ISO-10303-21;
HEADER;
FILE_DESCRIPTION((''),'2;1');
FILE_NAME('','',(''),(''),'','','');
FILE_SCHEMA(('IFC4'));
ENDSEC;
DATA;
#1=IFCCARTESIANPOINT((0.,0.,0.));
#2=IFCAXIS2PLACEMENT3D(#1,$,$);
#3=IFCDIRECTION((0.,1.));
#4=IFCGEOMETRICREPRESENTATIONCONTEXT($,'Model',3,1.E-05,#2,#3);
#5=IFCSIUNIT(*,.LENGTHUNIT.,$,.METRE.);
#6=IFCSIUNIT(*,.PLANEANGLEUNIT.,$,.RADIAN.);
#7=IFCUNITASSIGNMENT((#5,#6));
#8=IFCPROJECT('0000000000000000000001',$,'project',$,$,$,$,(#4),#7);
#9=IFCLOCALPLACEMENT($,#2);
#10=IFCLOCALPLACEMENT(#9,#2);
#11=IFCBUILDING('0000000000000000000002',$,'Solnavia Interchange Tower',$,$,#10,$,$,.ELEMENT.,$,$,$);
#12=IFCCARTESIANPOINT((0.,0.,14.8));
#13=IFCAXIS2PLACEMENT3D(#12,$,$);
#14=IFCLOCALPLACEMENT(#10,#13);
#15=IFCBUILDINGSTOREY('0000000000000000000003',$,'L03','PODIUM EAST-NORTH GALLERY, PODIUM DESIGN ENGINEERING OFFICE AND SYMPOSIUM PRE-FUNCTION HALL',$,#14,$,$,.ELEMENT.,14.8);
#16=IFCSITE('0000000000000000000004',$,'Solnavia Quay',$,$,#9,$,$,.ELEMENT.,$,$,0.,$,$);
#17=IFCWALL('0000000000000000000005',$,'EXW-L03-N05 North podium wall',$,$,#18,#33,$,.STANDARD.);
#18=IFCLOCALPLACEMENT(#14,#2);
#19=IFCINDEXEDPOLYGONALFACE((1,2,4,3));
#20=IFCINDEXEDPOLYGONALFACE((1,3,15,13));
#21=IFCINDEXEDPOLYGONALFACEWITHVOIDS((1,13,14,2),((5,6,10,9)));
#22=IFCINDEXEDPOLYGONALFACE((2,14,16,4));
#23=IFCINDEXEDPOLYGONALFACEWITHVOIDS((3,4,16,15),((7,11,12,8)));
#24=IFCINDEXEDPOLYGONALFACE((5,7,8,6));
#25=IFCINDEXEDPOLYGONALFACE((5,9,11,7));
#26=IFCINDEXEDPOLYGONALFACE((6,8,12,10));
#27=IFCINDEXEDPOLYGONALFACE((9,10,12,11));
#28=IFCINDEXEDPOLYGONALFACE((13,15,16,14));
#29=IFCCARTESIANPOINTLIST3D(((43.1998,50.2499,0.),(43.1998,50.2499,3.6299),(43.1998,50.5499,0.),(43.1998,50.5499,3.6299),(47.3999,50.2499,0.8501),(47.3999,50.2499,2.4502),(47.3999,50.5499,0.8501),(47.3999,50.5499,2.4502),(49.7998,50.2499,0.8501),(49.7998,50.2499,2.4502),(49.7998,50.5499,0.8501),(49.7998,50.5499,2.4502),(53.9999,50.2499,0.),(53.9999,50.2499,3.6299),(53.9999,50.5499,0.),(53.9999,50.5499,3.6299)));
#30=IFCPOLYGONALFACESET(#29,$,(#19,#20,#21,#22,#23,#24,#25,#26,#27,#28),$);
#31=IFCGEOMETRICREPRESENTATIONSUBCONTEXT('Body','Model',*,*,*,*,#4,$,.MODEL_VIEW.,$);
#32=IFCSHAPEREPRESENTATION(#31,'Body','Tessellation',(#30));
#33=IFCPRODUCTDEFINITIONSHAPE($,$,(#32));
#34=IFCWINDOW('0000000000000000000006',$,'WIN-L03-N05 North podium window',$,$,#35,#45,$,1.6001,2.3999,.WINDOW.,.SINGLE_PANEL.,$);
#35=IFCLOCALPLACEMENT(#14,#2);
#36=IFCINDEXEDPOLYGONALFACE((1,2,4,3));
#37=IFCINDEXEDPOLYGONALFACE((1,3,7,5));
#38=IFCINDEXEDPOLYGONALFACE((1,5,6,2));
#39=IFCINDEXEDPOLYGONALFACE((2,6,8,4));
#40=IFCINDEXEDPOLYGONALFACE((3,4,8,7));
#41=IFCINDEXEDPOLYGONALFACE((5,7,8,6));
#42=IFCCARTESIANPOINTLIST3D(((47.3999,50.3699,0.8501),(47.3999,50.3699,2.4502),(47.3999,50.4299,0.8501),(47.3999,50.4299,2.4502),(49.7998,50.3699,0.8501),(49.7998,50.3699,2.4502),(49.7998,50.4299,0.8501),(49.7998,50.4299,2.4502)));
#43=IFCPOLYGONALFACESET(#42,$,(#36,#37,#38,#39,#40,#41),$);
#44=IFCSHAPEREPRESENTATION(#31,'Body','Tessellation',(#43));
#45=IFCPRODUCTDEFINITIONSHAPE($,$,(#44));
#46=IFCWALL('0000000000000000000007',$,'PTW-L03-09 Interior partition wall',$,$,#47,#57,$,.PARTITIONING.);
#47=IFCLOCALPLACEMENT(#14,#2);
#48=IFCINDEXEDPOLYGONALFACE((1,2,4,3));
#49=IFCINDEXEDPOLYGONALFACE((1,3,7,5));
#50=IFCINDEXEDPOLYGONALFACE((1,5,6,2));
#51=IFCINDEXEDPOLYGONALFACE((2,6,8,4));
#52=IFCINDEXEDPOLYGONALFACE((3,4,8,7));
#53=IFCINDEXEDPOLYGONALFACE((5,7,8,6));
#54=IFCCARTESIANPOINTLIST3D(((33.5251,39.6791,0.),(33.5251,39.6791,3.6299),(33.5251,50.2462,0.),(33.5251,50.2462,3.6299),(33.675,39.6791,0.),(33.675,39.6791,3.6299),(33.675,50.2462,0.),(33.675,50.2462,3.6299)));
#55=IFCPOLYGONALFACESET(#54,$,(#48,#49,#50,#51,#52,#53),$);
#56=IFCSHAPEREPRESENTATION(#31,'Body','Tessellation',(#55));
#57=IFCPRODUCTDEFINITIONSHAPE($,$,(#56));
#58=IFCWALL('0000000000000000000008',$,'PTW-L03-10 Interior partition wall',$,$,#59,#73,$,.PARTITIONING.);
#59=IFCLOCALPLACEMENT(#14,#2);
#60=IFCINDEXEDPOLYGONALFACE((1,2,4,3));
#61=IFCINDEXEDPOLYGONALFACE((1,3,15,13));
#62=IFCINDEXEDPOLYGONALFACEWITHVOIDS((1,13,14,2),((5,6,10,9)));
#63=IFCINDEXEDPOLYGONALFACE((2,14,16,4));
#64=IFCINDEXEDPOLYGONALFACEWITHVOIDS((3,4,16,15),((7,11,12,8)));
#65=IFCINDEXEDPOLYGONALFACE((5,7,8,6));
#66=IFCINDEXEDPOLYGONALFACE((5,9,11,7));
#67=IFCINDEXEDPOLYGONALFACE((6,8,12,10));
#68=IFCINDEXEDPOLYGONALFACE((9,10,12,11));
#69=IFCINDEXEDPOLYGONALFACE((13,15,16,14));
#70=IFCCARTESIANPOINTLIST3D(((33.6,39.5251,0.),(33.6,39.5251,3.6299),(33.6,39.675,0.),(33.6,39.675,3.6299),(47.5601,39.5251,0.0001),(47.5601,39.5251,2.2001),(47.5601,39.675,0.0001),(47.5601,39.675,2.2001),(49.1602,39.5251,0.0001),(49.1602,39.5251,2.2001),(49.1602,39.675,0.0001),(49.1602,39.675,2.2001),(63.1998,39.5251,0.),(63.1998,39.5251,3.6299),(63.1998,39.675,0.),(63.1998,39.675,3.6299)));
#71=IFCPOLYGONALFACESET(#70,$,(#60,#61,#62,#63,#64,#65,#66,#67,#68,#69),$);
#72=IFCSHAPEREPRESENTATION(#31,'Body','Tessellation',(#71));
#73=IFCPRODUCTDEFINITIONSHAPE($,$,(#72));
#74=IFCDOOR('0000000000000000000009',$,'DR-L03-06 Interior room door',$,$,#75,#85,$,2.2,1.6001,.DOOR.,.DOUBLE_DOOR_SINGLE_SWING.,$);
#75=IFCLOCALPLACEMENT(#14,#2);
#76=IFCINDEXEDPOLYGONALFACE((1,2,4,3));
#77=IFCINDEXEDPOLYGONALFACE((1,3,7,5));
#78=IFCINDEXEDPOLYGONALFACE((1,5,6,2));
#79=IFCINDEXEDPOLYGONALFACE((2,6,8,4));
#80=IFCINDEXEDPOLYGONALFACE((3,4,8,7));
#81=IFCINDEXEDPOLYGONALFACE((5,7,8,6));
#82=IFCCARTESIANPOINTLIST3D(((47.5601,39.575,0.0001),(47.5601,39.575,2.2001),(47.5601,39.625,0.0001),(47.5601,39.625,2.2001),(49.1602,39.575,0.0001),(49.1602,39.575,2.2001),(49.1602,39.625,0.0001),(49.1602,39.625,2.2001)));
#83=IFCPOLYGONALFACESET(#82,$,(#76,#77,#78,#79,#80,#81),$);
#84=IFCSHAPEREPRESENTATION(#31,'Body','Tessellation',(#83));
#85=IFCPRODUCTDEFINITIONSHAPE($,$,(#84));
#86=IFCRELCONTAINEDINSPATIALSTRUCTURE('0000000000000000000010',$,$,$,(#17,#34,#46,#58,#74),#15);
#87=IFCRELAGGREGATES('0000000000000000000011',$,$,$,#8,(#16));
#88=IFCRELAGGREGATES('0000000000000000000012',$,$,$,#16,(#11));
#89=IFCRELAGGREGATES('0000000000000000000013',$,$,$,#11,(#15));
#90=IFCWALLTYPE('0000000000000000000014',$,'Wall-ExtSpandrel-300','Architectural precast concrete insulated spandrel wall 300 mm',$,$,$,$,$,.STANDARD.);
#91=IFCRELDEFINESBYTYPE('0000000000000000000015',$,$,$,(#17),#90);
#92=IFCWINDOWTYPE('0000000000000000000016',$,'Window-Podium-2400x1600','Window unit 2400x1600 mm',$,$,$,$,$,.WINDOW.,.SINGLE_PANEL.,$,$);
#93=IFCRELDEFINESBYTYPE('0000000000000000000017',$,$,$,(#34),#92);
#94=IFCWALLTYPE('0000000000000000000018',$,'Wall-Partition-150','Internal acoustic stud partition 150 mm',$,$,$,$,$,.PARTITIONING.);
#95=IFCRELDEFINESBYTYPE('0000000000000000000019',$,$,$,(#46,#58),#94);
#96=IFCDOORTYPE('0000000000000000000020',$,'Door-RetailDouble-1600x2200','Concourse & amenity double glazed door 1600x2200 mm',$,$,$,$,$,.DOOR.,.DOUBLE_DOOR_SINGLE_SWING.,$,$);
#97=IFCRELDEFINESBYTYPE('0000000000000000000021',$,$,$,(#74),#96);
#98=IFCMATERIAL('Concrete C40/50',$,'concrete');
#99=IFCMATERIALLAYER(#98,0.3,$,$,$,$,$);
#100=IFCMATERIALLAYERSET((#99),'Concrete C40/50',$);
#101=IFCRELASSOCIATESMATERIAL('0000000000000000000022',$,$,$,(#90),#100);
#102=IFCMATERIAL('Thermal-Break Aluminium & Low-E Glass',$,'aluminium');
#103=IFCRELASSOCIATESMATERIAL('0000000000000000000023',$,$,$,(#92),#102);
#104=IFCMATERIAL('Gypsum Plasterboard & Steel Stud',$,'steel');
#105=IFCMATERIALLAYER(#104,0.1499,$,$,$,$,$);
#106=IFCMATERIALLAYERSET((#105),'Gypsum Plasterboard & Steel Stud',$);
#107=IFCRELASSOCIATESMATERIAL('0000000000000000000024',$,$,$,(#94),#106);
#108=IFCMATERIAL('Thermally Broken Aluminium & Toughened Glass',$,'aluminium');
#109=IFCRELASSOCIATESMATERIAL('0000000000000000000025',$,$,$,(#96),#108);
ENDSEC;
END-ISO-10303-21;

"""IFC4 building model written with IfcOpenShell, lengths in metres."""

from ifc_helpers import new_model, si_unit, direction, frame, frame_2d, origin, place, context, subcontext, project, spatial, rectangle, extrude, material, layer, layer_set, type_object, element, fill, save


model = new_model("IFC4")

# Units and contexts
model_context = context("Model", 3, precision=1e-05, world=origin(), true_north=direction((0.0, 1.0)))
body_context = subcontext(model_context, "Body", "Model", "MODEL_VIEW")
ifc_project = project(units=[si_unit("LENGTHUNIT", "METRE"), si_unit("PLANEANGLEUNIT", "RADIAN")], contexts=[model_context])

# Site, building, storey
site_placement = place(None, origin())
site = spatial("IfcSite", under=ifc_project, at=site_placement, Name="Solnavia Quay", CompositionType="ELEMENT", RefElevation=0.0)
building_placement = place(site_placement, origin())
building = spatial("IfcBuilding", under=site, at=building_placement, Name="Solnavia Interchange Tower", CompositionType="ELEMENT")
storey_placement = place(building_placement, frame((0.0, 0.0, 14.8)))
storey = spatial("IfcBuildingStorey", under=building, at=storey_placement, Name="L03", Description="PODIUM EAST-NORTH GALLERY, PODIUM DESIGN ENGINEERING OFFICE AND SYMPOSIUM PRE-FUNCTION HALL", CompositionType="ELEMENT", Elevation=14.8)

# Wall, opening, window
ifc_material_1 = material(Name="Concrete C40/50", Category="concrete")
ifc_layer_1 = layer(ifc_material_1, 0.3)
ifc_layer_set_1 = layer_set([ifc_layer_1], Name="Concrete C40/50")
wall_type_1 = type_object("IfcWallType", Name="Wall-ExtSpandrel-300", Description="Architectural precast concrete insulated spandrel wall 300 mm", PredefinedType="STANDARD", material=ifc_layer_set_1)
ifc_material_2 = material(Name="Thermal-Break Aluminium & Low-E Glass", Category="aluminium")
window_type = type_object("IfcWindowType", Name="Window-Podium-2400x1600", Description="Window unit 2400x1600 mm", PartitioningType="SINGLE_PANEL", PredefinedType="WINDOW", material=ifc_material_2)
wall_1_placement = place(storey_placement, frame((43.2, 50.3999, 0.0), z_axis=(0.0, 0.0, 1.0), x_axis=(1.0, 0.0, 0.0)))
wall_1 = element("IfcWall", 1, at=wall_1_placement, inside=storey, type_object=wall_type_1, Name="EXW-L03-N05 North podium wall", PredefinedType="STANDARD", context=body_context, shape_type="SweptSolid", body=[
    extrude(rectangle(XDim=10.8, YDim=0.3, at=frame_2d((5.3999, 0.0))), origin(), (0.0, 0.0, 1.0), 3.6299),
])
opening_1_placement = place(wall_1_placement, frame((4.2, 0.0, 0.8501)))
opening_1 = element("IfcOpeningElement", 2, at=opening_1_placement, cuts=wall_1, PredefinedType="OPENING", context=body_context, shape_type="SweptSolid", body=[
    extrude(rectangle(XDim=2.3999, YDim=1.6001, at=frame_2d((1.2, 0.8))), frame((0.0, 0.1602, 0.0), z_axis=(0.0, -1.0, 0.0), x_axis=(1.0, 0.0, 0.0)), (0.0, 0.0, 1.0), 0.3201),
])
window_1_placement = place(opening_1_placement, origin())
window_1 = element("IfcWindow", 3, at=window_1_placement, inside=storey, type_object=window_type, Name="WIN-L03-N05 North podium window", OverallHeight=1.6001, OverallWidth=2.3999, PartitioningType="SINGLE_PANEL", PredefinedType="WINDOW", context=body_context, shape_type="SweptSolid", body=[
    extrude(rectangle(XDim=2.3999, YDim=1.6001, at=frame_2d((1.2, 0.8))), frame((0.0, 0.03, 0.0), z_axis=(0.0, -1.0, 0.0), x_axis=(1.0, 0.0, 0.0)), (0.0, 0.0, 1.0), 0.0601),
])
fill(opening_1, window_1)

# Wall
ifc_material_3 = material(Name="Gypsum Plasterboard & Steel Stud", Category="steel")
ifc_layer_2 = layer(ifc_material_3, 0.1499)
ifc_layer_set_2 = layer_set([ifc_layer_2], Name="Gypsum Plasterboard & Steel Stud")
wall_type_2 = type_object("IfcWallType", Name="Wall-Partition-150", Description="Internal acoustic stud partition 150 mm", PredefinedType="PARTITIONING", material=ifc_layer_set_2)
wall_2_placement = place(storey_placement, frame((33.6001, 39.679, 0.0), z_axis=(0.0, 0.0, 1.0), x_axis=(0.0, 1.0, 0.0)))
element("IfcWall", 4, at=wall_2_placement, inside=storey, type_object=wall_type_2, Name="PTW-L03-09 Interior partition wall", PredefinedType="PARTITIONING", context=body_context, shape_type="SweptSolid", body=[
    extrude(rectangle(XDim=10.5671, YDim=0.1499, at=frame_2d((5.2837, 0.0))), origin(), (0.0, 0.0, 1.0), 3.6299),
])

# Wall, opening, door
wall_3_placement = place(storey_placement, frame((33.6001, 39.6001, 0.0), z_axis=(0.0, 0.0, 1.0), x_axis=(1.0, 0.0, 0.0)))
wall_3 = element("IfcWall", 5, at=wall_3_placement, inside=storey, type_object=wall_type_2, Name="PTW-L03-10 Interior partition wall", PredefinedType="PARTITIONING", context=body_context, shape_type="SweptSolid", body=[
    extrude(rectangle(XDim=29.5999, YDim=0.1499, at=frame_2d((14.7998, 0.0))), origin(), (0.0, 0.0, 1.0), 3.6299),
])
opening_2_placement = place(wall_3_placement, frame((13.96, 0.0, 0.0)))
opening_2 = element("IfcOpeningElement", 6, at=opening_2_placement, cuts=wall_3, PredefinedType="OPENING", context=body_context, shape_type="SweptSolid", body=[
    extrude(rectangle(XDim=1.6001, YDim=2.2, at=frame_2d((0.8, 1.1001))), frame((0.0, 0.085, 0.0), z_axis=(0.0, -1.0, 0.0), x_axis=(1.0, 0.0, 0.0)), (0.0, 0.0, 1.0), 0.1699),
])
ifc_material_4 = material(Name="Thermally Broken Aluminium & Toughened Glass", Category="aluminium")
door_type = type_object("IfcDoorType", Name="Door-RetailDouble-1600x2200", Description="Concourse & amenity double glazed door 1600x2200 mm", OperationType="DOUBLE_DOOR_SINGLE_SWING", PredefinedType="DOOR", material=ifc_material_4)
door_placement = place(opening_2_placement, origin())
door = element("IfcDoor", 7, at=door_placement, inside=storey, type_object=door_type, Name="DR-L03-06 Interior room door", OperationType="DOUBLE_DOOR_SINGLE_SWING", OverallHeight=2.2, OverallWidth=1.6001, PredefinedType="DOOR", context=body_context, shape_type="SweptSolid", body=[
    extrude(rectangle(XDim=1.6001, YDim=2.2, at=frame_2d((0.8, 1.1001))), frame((0.0, 0.0249, 0.0), z_axis=(0.0, -1.0, 0.0), x_axis=(1.0, 0.0, 0.0)), (0.0, 0.0, 1.0), 0.05),
])
fill(opening_2, door)

save(model, "model.ifc")
